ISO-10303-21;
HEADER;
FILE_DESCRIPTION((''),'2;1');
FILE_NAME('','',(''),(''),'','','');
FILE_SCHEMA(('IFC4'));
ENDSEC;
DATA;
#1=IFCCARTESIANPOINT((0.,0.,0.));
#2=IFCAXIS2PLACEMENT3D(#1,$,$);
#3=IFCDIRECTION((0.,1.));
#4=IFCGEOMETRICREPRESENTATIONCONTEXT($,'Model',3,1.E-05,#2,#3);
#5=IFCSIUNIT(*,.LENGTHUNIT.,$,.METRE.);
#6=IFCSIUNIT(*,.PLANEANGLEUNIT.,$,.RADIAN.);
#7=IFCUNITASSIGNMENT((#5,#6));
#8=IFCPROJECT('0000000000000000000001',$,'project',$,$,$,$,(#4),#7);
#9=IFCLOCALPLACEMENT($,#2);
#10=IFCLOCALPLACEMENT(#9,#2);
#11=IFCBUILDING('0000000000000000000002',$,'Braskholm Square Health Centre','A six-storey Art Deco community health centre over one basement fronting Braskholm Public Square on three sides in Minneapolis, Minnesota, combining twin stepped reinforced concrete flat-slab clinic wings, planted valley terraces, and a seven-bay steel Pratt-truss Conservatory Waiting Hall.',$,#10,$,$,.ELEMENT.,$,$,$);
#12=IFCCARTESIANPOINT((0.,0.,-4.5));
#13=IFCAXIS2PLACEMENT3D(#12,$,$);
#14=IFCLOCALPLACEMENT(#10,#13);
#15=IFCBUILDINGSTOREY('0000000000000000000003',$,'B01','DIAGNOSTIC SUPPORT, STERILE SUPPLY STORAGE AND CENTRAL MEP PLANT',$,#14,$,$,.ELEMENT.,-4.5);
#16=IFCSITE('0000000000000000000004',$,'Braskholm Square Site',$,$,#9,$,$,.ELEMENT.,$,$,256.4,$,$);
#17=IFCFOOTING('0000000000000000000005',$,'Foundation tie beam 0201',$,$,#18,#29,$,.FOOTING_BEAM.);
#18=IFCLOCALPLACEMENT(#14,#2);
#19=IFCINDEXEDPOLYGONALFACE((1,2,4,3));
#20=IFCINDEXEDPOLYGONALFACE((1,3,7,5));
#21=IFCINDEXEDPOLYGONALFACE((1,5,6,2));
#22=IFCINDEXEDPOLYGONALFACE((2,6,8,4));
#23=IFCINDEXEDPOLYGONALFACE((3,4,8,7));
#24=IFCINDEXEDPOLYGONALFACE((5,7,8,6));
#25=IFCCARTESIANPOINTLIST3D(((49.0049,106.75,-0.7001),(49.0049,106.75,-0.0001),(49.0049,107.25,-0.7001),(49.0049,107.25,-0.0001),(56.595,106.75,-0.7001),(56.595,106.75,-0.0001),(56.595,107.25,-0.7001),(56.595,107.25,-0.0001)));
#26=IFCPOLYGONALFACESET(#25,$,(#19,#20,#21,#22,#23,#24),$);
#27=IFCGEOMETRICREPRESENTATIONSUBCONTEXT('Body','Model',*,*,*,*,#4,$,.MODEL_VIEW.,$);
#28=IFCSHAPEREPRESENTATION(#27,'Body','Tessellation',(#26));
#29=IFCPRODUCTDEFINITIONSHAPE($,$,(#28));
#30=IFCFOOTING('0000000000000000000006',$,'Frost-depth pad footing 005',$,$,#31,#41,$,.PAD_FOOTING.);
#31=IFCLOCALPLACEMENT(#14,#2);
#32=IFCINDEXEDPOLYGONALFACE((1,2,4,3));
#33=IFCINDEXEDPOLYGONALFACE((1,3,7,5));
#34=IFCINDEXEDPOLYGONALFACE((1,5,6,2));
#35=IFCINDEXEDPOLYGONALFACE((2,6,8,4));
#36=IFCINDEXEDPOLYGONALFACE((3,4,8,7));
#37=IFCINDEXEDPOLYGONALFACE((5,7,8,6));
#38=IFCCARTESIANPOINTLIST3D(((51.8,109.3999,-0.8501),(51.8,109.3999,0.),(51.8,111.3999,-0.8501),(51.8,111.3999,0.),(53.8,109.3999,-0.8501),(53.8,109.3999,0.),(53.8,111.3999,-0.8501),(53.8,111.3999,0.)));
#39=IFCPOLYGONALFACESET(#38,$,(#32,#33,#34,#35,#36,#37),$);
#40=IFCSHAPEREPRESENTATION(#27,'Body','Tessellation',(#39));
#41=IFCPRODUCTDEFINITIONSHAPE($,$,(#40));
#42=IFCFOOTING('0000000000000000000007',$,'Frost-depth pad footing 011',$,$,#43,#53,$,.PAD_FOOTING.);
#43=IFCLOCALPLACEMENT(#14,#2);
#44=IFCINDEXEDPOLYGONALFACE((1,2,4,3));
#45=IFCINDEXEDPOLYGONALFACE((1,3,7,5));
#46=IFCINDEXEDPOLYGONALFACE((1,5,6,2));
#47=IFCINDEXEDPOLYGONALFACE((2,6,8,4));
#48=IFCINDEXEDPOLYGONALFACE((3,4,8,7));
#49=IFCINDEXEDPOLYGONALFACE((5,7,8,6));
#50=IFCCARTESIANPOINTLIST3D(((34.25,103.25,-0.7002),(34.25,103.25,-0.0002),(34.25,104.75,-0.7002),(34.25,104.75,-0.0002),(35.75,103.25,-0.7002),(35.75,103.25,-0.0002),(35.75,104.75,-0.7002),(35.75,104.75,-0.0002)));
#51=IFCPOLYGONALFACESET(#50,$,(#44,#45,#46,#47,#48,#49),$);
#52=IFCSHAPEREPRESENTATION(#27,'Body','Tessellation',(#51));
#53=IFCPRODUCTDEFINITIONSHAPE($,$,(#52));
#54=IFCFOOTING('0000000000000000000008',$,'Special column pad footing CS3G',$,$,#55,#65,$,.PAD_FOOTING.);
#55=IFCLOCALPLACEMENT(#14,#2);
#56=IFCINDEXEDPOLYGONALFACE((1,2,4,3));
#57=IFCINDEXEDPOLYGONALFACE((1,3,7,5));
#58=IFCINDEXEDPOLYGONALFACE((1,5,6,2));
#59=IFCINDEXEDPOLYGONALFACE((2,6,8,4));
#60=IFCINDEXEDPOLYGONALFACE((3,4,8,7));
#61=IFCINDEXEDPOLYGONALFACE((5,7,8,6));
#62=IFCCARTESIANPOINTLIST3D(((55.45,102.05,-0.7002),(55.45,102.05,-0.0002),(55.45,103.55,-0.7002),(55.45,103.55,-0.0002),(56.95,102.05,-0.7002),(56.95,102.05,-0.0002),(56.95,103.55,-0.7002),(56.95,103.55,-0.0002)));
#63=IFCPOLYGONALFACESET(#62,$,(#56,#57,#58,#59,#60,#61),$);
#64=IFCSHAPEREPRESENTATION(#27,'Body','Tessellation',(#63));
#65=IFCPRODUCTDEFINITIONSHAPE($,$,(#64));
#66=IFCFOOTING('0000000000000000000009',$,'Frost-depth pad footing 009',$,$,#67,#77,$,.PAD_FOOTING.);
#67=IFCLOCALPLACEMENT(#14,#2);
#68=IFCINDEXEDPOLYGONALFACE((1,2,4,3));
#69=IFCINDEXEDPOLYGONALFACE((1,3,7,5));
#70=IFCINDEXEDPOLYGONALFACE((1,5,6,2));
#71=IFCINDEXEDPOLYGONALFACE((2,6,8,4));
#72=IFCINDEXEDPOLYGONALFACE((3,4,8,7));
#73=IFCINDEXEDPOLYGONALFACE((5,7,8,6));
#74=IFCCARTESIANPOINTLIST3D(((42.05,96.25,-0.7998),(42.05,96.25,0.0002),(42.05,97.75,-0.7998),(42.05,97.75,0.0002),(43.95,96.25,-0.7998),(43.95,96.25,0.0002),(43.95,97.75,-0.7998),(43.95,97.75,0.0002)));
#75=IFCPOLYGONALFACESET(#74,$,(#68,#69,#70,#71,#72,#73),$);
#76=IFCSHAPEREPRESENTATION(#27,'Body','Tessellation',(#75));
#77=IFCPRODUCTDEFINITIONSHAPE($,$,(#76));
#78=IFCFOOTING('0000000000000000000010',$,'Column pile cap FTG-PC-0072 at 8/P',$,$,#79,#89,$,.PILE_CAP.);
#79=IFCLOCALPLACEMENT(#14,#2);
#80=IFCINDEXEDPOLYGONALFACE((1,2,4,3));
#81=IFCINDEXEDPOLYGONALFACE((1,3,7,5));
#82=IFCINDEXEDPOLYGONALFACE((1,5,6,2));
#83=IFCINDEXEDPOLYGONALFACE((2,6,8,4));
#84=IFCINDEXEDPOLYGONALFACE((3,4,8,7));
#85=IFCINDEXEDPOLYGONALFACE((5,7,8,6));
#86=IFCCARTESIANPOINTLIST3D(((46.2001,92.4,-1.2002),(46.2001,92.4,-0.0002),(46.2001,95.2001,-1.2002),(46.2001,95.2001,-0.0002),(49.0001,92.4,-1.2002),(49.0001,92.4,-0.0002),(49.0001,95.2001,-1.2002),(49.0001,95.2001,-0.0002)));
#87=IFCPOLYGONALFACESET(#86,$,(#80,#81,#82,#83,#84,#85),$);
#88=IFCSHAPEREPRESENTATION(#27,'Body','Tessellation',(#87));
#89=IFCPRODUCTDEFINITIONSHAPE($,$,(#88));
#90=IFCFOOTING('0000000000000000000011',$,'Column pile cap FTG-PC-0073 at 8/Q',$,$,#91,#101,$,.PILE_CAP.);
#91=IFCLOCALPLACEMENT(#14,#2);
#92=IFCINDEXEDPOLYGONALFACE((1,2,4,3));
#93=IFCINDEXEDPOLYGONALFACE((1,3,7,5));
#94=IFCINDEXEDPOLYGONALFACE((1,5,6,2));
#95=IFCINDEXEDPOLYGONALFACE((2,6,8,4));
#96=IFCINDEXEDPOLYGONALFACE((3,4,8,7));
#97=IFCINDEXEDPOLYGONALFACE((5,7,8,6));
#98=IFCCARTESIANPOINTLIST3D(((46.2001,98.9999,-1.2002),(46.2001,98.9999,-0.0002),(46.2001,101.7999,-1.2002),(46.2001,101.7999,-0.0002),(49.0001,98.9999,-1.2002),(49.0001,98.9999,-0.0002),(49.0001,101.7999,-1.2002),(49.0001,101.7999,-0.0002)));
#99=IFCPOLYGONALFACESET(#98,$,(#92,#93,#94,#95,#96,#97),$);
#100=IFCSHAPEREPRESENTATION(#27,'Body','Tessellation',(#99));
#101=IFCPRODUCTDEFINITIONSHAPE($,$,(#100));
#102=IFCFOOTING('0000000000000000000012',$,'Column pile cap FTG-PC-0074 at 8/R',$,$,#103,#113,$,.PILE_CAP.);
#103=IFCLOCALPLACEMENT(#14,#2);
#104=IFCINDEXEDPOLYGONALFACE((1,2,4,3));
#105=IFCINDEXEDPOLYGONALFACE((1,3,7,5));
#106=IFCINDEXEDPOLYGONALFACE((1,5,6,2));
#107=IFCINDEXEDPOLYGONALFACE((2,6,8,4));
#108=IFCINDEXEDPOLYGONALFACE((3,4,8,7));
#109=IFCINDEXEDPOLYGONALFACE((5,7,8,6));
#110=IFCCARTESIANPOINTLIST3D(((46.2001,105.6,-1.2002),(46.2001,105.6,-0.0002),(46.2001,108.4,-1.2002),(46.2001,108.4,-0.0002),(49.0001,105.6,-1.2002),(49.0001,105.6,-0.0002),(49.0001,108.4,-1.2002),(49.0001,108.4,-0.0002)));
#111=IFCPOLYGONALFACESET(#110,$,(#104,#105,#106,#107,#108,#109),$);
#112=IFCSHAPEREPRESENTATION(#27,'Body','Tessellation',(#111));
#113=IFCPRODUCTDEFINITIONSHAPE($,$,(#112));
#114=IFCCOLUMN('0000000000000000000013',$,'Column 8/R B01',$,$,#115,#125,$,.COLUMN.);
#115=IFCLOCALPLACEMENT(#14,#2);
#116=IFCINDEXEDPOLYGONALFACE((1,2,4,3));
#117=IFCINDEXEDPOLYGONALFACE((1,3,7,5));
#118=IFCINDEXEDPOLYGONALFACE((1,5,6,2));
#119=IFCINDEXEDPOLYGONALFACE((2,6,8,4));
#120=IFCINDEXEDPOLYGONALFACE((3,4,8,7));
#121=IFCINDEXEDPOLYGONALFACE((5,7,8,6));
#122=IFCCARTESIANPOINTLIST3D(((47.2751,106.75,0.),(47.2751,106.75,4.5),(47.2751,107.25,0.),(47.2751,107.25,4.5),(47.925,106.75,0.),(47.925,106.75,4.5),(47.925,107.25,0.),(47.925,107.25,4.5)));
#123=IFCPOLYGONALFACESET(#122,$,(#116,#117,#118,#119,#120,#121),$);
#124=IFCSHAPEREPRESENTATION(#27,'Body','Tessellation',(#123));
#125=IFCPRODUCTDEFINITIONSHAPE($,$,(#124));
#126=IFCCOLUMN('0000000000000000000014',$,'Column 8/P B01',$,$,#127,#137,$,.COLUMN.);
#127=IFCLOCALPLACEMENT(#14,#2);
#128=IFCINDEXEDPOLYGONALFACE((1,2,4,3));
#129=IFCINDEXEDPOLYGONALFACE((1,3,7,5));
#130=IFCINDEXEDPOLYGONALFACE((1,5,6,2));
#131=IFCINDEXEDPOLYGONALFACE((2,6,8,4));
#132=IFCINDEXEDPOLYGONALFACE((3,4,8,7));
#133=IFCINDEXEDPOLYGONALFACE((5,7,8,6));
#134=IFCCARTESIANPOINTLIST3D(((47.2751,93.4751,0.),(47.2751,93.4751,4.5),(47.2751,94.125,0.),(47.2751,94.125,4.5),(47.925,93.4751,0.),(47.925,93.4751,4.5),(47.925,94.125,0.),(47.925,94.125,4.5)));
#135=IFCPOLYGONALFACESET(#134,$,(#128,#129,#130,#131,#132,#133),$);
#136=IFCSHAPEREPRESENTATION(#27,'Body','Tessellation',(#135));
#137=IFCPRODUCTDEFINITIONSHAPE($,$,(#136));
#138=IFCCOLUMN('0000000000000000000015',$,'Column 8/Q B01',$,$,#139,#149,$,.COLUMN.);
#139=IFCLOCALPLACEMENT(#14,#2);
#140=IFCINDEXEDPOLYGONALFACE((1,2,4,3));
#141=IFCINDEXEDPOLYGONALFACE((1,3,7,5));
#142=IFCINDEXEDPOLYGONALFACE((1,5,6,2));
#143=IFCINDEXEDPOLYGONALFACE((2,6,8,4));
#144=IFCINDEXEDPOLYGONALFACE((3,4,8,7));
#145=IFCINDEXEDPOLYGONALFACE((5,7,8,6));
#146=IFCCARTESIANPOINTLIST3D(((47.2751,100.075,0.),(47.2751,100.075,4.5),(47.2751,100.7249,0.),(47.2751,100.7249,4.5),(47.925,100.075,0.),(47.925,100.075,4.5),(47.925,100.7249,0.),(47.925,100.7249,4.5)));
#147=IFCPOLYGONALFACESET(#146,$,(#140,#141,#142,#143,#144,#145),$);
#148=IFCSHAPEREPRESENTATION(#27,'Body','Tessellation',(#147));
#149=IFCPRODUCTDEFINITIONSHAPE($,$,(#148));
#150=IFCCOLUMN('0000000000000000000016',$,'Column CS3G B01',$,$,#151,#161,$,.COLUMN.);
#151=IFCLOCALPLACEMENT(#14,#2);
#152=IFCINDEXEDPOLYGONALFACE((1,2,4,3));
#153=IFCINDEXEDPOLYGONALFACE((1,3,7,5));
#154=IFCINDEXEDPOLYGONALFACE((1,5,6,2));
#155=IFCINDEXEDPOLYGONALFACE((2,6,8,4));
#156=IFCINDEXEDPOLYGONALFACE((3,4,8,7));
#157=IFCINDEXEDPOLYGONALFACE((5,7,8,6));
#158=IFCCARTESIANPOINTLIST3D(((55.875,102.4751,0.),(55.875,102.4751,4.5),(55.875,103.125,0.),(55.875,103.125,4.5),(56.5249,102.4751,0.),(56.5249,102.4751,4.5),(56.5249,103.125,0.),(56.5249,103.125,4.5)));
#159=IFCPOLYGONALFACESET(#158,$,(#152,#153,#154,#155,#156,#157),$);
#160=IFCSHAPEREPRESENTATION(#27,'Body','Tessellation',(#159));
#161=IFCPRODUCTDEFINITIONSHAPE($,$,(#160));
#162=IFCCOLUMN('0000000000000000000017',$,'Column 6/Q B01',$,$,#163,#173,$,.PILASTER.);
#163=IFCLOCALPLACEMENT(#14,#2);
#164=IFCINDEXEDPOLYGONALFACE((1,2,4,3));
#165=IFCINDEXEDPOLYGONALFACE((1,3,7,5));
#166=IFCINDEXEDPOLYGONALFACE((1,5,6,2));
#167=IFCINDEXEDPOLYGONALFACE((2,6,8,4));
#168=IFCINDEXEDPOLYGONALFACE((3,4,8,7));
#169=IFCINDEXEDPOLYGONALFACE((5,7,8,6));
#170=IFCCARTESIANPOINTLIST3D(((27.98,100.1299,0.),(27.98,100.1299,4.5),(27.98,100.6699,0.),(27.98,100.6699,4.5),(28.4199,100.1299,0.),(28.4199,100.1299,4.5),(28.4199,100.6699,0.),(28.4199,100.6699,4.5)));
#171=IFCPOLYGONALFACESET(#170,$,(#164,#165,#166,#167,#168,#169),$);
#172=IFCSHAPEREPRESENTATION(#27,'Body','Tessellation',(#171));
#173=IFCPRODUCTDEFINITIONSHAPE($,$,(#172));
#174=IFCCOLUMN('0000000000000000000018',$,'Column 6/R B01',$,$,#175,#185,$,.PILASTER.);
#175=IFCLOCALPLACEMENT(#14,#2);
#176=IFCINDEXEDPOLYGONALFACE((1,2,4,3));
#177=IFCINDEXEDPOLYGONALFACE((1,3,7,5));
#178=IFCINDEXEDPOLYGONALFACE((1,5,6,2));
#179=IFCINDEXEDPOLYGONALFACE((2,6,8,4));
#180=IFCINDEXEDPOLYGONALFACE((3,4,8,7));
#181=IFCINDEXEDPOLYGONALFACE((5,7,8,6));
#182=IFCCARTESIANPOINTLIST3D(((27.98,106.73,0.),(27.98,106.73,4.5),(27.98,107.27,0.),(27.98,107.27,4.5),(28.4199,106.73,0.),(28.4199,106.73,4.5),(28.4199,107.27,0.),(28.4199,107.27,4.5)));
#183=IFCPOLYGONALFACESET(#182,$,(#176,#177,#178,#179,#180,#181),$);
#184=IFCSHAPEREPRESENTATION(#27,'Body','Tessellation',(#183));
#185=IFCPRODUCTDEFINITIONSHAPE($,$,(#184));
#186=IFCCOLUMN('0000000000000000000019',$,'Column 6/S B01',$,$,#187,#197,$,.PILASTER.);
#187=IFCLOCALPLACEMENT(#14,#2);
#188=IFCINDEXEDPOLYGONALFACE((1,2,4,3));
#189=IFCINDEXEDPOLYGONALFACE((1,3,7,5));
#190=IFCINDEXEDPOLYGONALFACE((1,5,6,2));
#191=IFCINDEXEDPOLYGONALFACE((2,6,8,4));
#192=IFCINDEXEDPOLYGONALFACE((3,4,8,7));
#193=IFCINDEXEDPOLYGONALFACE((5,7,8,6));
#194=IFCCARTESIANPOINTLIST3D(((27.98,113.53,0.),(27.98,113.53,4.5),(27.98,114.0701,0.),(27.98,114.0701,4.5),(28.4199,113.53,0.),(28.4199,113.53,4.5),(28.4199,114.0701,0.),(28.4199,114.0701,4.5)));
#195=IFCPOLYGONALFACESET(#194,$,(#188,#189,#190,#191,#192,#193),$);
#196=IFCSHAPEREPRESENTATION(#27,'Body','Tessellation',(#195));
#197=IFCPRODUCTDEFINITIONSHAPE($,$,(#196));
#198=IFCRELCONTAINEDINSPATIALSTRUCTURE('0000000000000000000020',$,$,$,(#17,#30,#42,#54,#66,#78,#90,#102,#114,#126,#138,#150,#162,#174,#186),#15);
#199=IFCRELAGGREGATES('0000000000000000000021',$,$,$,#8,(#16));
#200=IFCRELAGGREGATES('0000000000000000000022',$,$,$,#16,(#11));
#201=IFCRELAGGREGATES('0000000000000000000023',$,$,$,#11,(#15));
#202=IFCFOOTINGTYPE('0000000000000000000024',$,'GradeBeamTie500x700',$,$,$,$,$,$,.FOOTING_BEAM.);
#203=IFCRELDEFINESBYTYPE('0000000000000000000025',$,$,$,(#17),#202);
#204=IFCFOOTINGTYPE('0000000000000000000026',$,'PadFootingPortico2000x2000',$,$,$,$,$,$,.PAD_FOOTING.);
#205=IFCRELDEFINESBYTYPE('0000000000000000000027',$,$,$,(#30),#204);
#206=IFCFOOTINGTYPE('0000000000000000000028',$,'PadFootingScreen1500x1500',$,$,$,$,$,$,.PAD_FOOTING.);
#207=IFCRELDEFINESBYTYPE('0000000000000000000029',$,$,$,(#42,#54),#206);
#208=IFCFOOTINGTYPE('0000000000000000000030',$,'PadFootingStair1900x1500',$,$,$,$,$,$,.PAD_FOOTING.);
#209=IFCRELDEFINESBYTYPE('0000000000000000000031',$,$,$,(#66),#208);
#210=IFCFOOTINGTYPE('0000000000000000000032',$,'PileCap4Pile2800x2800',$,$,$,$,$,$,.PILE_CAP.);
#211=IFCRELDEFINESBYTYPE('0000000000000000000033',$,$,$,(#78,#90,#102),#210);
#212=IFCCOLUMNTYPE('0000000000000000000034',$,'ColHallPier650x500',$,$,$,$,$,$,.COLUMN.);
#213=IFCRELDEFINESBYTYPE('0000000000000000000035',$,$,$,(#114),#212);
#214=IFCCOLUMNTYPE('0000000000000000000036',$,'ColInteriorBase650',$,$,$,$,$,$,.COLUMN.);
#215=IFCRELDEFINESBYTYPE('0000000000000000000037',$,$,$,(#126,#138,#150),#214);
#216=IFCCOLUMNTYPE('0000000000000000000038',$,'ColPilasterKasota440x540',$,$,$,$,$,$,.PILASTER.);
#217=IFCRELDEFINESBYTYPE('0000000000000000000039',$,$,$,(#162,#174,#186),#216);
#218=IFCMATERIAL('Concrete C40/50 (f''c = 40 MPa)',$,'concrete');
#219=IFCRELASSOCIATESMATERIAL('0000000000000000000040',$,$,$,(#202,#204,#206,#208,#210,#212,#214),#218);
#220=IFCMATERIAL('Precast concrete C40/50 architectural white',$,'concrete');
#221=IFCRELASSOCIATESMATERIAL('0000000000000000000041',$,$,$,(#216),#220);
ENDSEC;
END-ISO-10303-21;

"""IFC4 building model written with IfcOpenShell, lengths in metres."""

from ifc_helpers import new_model, si_unit, direction, frame, origin, origin_2d, place, context, subcontext, project, spatial, rectangle, extrude, material, material_profile, profile_set, type_object, element, save


model = new_model("IFC4")

# Units and contexts
model_context = context("Model", 3, precision=1e-05, world=origin(), true_north=direction((0.0, 1.0)))
body_context = subcontext(model_context, "Body", "Model", "MODEL_VIEW")
ifc_project = project(units=[si_unit("LENGTHUNIT", "METRE"), si_unit("PLANEANGLEUNIT", "RADIAN")], contexts=[model_context])

# Site, building, storey
site_placement = place(None, origin())
site = spatial("IfcSite", under=ifc_project, at=site_placement, Name="Braskholm Square Site", CompositionType="ELEMENT", RefElevation=256.4)
building_placement = place(site_placement, origin())
building = spatial("IfcBuilding", under=site, at=building_placement, Name="Braskholm Square Health Centre", Description="A six-storey Art Deco community health centre over one basement fronting Braskholm Public Square on three sides in Minneapolis, Minnesota, combining twin stepped reinforced concrete flat-slab clinic wings, planted valley terraces, and a seven-bay steel Pratt-truss Conservatory Waiting Hall.", CompositionType="ELEMENT")
storey_placement = place(building_placement, frame((0.0, 0.0, -4.5)))
storey = spatial("IfcBuildingStorey", under=building, at=storey_placement, Name="B01", Description="DIAGNOSTIC SUPPORT, STERILE SUPPLY STORAGE AND CENTRAL MEP PLANT", CompositionType="ELEMENT", Elevation=-4.5)

# Shared definitions
ifc_material_1 = material(Name="Concrete C40/50 (f'c = 40 MPa)", Category="concrete")

# Footings
ifc_material_profile_1 = material_profile(ifc_material_1, rectangle(XDim=0.5, YDim=0.7, at=origin_2d()), Name="FTG-500X700")
ifc_profile_set_1 = profile_set([ifc_material_profile_1], Name="Concrete C40/50 (f'c = 40 MPa)")
footing_type_1 = type_object("IfcFootingType", Name="GradeBeamTie500x700", PredefinedType="FOOTING_BEAM", material=ifc_profile_set_1)
footing_1_placement = place(storey_placement, frame((49.0049, 107.0, -0.3501), z_axis=(1.0, 0.0, 0.0), x_axis=(0.0, 1.0, 0.0)))
element("IfcFooting", 1, at=footing_1_placement, inside=storey, type_object=footing_type_1, Name="Foundation tie beam 0201", PredefinedType="FOOTING_BEAM", context=body_context, shape_type="SweptSolid", body=[
    extrude(rectangle(XDim=0.5, YDim=0.7, at=origin_2d()), origin(), (0.0, 0.0, 1.0), 7.5901),
])
footing_type_2 = type_object("IfcFootingType", Name="PadFootingPortico2000x2000", PredefinedType="PAD_FOOTING", material=ifc_material_1)
footing_2_placement = place(storey_placement, frame((52.8, 110.3999, -0.8501), z_axis=(0.0, 0.0, 1.0), x_axis=(1.0, 0.0, 0.0)))
element("IfcFooting", 2, at=footing_2_placement, inside=storey, type_object=footing_type_2, Name="Frost-depth pad footing 005", PredefinedType="PAD_FOOTING", context=body_context, shape_type="SweptSolid", body=[
    extrude(rectangle(XDim=2.0, YDim=2.0, at=origin_2d()), origin(), (0.0, 0.0, 1.0), 0.8501),
])
footing_type_3 = type_object("IfcFootingType", Name="PadFootingScreen1500x1500", PredefinedType="PAD_FOOTING", material=ifc_material_1)
for number, where, z_axis, x_axis, name in (
    (3, (35.0, 104.0, -0.7002), (0.0, 0.0, 1.0), (1.0, 0.0, 0.0), "Frost-depth pad footing 011"),
    (4, (56.2, 102.8, -0.7002), (0.0, 0.0, 1.0), (1.0, 0.0, 0.0), "Special column pad footing CS3G"),
):
    element("IfcFooting", number, at=place(storey_placement, frame(where, z_axis=z_axis, x_axis=x_axis)), inside=storey, type_object=footing_type_3, Name=name, PredefinedType="PAD_FOOTING", context=body_context, shape_type="SweptSolid", body=[
        extrude(rectangle(XDim=1.5, YDim=1.5, at=origin_2d()), origin(), (0.0, 0.0, 1.0), 0.7),
    ])
footing_type_4 = type_object("IfcFootingType", Name="PadFootingStair1900x1500", PredefinedType="PAD_FOOTING", material=ifc_material_1)
footing_3_placement = place(storey_placement, frame((43.0, 97.0, -0.7998), z_axis=(0.0, 0.0, 1.0), x_axis=(1.0, 0.0, 0.0)))
element("IfcFooting", 5, at=footing_3_placement, inside=storey, type_object=footing_type_4, Name="Frost-depth pad footing 009", PredefinedType="PAD_FOOTING", context=body_context, shape_type="SweptSolid", body=[
    extrude(rectangle(XDim=1.8999, YDim=1.5, at=origin_2d()), origin(), (0.0, 0.0, 1.0), 0.8),
])
footing_type_5 = type_object("IfcFootingType", Name="PileCap4Pile2800x2800", PredefinedType="PILE_CAP", material=ifc_material_1)
for number, where, z_axis, x_axis, name in (
    (6, (47.6001, 93.8, -1.2002), (0.0, 0.0, 1.0), (1.0, 0.0, 0.0), "Column pile cap FTG-PC-0072 at 8/P"),
    (7, (47.6001, 100.3999, -1.2002), (0.0, 0.0, 1.0), (1.0, 0.0, 0.0), "Column pile cap FTG-PC-0073 at 8/Q"),
    (8, (47.6001, 107.0, -1.2002), (0.0, 0.0, 1.0), (1.0, 0.0, 0.0), "Column pile cap FTG-PC-0074 at 8/R"),
):
    element("IfcFooting", number, at=place(storey_placement, frame(where, z_axis=z_axis, x_axis=x_axis)), inside=storey, type_object=footing_type_5, Name=name, PredefinedType="PILE_CAP", context=body_context, shape_type="SweptSolid", body=[
        extrude(rectangle(XDim=2.8, YDim=2.8, at=origin_2d()), origin(), (0.0, 0.0, 1.0), 1.2),
    ])

# Columns
ifc_material_profile_2 = material_profile(ifc_material_1, rectangle(XDim=0.6499, YDim=0.5, at=origin_2d()), Name="RC-650X500")
ifc_profile_set_2 = profile_set([ifc_material_profile_2], Name="Concrete C40/50 (f'c = 40 MPa)")
column_type_1 = type_object("IfcColumnType", Name="ColHallPier650x500", PredefinedType="COLUMN", material=ifc_profile_set_2)
column_placement = place(storey_placement, frame((47.6001, 107.0, 0.0), z_axis=(0.0, 0.0, 1.0), x_axis=(1.0, 0.0, 0.0)))
element("IfcColumn", 9, at=column_placement, inside=storey, type_object=column_type_1, Name="Column 8/R B01", PredefinedType="COLUMN", context=body_context, shape_type="SweptSolid", body=[
    extrude(rectangle(XDim=0.6499, YDim=0.5, at=origin_2d()), origin(), (0.0, 0.0, 1.0), 4.5),
])
ifc_material_profile_3 = material_profile(ifc_material_1, rectangle(XDim=0.6499, YDim=0.6499, at=origin_2d()), Name="RC-650X650")
ifc_profile_set_3 = profile_set([ifc_material_profile_3], Name="Concrete C40/50 (f'c = 40 MPa)")
column_type_2 = type_object("IfcColumnType", Name="ColInteriorBase650", PredefinedType="COLUMN", material=ifc_profile_set_3)
for number, where, z_axis, x_axis, name in (
    (10, (47.6001, 93.8, 0.0), (0.0, 0.0, 1.0), (1.0, 0.0, 0.0), "Column 8/P B01"),
    (11, (47.6001, 100.3999, 0.0), (0.0, 0.0, 1.0), (1.0, 0.0, 0.0), "Column 8/Q B01"),
    (12, (56.2, 102.8, 0.0), (0.0, 0.0, 1.0), (1.0, 0.0, 0.0), "Column CS3G B01"),
):
    element("IfcColumn", number, at=place(storey_placement, frame(where, z_axis=z_axis, x_axis=x_axis)), inside=storey, type_object=column_type_2, Name=name, PredefinedType="COLUMN", context=body_context, shape_type="SweptSolid", body=[
        extrude(rectangle(XDim=0.6499, YDim=0.6499, at=origin_2d()), origin(), (0.0, 0.0, 1.0), 4.5),
    ])
ifc_material_2 = material(Name="Precast concrete C40/50 architectural white", Category="concrete")
ifc_material_profile_4 = material_profile(ifc_material_2, rectangle(XDim=0.4399, YDim=0.54, at=origin_2d()), Name="RC-440X540")
ifc_profile_set_4 = profile_set([ifc_material_profile_4], Name="Precast concrete C40/50 architectural white")
column_type_3 = type_object("IfcColumnType", Name="ColPilasterKasota440x540", PredefinedType="PILASTER", material=ifc_profile_set_4)
for number, where, z_axis, x_axis, name in (
    (13, (28.2, 100.3999, 0.0), (0.0, 0.0, 1.0), (1.0, 0.0, 0.0), "Column 6/Q B01"),
    (14, (28.2, 107.0, 0.0), (0.0, 0.0, 1.0), (1.0, 0.0, 0.0), "Column 6/R B01"),
    (15, (28.2, 113.8, 0.0), (0.0, 0.0, 1.0), (1.0, 0.0, 0.0), "Column 6/S B01"),
):
    element("IfcColumn", number, at=place(storey_placement, frame(where, z_axis=z_axis, x_axis=x_axis)), inside=storey, type_object=column_type_3, Name=name, PredefinedType="PILASTER", context=body_context, shape_type="SweptSolid", body=[
        extrude(rectangle(XDim=0.4399, YDim=0.54, at=origin_2d()), origin(), (0.0, 0.0, 1.0), 4.5),
    ])

save(model, "model.ifc")
